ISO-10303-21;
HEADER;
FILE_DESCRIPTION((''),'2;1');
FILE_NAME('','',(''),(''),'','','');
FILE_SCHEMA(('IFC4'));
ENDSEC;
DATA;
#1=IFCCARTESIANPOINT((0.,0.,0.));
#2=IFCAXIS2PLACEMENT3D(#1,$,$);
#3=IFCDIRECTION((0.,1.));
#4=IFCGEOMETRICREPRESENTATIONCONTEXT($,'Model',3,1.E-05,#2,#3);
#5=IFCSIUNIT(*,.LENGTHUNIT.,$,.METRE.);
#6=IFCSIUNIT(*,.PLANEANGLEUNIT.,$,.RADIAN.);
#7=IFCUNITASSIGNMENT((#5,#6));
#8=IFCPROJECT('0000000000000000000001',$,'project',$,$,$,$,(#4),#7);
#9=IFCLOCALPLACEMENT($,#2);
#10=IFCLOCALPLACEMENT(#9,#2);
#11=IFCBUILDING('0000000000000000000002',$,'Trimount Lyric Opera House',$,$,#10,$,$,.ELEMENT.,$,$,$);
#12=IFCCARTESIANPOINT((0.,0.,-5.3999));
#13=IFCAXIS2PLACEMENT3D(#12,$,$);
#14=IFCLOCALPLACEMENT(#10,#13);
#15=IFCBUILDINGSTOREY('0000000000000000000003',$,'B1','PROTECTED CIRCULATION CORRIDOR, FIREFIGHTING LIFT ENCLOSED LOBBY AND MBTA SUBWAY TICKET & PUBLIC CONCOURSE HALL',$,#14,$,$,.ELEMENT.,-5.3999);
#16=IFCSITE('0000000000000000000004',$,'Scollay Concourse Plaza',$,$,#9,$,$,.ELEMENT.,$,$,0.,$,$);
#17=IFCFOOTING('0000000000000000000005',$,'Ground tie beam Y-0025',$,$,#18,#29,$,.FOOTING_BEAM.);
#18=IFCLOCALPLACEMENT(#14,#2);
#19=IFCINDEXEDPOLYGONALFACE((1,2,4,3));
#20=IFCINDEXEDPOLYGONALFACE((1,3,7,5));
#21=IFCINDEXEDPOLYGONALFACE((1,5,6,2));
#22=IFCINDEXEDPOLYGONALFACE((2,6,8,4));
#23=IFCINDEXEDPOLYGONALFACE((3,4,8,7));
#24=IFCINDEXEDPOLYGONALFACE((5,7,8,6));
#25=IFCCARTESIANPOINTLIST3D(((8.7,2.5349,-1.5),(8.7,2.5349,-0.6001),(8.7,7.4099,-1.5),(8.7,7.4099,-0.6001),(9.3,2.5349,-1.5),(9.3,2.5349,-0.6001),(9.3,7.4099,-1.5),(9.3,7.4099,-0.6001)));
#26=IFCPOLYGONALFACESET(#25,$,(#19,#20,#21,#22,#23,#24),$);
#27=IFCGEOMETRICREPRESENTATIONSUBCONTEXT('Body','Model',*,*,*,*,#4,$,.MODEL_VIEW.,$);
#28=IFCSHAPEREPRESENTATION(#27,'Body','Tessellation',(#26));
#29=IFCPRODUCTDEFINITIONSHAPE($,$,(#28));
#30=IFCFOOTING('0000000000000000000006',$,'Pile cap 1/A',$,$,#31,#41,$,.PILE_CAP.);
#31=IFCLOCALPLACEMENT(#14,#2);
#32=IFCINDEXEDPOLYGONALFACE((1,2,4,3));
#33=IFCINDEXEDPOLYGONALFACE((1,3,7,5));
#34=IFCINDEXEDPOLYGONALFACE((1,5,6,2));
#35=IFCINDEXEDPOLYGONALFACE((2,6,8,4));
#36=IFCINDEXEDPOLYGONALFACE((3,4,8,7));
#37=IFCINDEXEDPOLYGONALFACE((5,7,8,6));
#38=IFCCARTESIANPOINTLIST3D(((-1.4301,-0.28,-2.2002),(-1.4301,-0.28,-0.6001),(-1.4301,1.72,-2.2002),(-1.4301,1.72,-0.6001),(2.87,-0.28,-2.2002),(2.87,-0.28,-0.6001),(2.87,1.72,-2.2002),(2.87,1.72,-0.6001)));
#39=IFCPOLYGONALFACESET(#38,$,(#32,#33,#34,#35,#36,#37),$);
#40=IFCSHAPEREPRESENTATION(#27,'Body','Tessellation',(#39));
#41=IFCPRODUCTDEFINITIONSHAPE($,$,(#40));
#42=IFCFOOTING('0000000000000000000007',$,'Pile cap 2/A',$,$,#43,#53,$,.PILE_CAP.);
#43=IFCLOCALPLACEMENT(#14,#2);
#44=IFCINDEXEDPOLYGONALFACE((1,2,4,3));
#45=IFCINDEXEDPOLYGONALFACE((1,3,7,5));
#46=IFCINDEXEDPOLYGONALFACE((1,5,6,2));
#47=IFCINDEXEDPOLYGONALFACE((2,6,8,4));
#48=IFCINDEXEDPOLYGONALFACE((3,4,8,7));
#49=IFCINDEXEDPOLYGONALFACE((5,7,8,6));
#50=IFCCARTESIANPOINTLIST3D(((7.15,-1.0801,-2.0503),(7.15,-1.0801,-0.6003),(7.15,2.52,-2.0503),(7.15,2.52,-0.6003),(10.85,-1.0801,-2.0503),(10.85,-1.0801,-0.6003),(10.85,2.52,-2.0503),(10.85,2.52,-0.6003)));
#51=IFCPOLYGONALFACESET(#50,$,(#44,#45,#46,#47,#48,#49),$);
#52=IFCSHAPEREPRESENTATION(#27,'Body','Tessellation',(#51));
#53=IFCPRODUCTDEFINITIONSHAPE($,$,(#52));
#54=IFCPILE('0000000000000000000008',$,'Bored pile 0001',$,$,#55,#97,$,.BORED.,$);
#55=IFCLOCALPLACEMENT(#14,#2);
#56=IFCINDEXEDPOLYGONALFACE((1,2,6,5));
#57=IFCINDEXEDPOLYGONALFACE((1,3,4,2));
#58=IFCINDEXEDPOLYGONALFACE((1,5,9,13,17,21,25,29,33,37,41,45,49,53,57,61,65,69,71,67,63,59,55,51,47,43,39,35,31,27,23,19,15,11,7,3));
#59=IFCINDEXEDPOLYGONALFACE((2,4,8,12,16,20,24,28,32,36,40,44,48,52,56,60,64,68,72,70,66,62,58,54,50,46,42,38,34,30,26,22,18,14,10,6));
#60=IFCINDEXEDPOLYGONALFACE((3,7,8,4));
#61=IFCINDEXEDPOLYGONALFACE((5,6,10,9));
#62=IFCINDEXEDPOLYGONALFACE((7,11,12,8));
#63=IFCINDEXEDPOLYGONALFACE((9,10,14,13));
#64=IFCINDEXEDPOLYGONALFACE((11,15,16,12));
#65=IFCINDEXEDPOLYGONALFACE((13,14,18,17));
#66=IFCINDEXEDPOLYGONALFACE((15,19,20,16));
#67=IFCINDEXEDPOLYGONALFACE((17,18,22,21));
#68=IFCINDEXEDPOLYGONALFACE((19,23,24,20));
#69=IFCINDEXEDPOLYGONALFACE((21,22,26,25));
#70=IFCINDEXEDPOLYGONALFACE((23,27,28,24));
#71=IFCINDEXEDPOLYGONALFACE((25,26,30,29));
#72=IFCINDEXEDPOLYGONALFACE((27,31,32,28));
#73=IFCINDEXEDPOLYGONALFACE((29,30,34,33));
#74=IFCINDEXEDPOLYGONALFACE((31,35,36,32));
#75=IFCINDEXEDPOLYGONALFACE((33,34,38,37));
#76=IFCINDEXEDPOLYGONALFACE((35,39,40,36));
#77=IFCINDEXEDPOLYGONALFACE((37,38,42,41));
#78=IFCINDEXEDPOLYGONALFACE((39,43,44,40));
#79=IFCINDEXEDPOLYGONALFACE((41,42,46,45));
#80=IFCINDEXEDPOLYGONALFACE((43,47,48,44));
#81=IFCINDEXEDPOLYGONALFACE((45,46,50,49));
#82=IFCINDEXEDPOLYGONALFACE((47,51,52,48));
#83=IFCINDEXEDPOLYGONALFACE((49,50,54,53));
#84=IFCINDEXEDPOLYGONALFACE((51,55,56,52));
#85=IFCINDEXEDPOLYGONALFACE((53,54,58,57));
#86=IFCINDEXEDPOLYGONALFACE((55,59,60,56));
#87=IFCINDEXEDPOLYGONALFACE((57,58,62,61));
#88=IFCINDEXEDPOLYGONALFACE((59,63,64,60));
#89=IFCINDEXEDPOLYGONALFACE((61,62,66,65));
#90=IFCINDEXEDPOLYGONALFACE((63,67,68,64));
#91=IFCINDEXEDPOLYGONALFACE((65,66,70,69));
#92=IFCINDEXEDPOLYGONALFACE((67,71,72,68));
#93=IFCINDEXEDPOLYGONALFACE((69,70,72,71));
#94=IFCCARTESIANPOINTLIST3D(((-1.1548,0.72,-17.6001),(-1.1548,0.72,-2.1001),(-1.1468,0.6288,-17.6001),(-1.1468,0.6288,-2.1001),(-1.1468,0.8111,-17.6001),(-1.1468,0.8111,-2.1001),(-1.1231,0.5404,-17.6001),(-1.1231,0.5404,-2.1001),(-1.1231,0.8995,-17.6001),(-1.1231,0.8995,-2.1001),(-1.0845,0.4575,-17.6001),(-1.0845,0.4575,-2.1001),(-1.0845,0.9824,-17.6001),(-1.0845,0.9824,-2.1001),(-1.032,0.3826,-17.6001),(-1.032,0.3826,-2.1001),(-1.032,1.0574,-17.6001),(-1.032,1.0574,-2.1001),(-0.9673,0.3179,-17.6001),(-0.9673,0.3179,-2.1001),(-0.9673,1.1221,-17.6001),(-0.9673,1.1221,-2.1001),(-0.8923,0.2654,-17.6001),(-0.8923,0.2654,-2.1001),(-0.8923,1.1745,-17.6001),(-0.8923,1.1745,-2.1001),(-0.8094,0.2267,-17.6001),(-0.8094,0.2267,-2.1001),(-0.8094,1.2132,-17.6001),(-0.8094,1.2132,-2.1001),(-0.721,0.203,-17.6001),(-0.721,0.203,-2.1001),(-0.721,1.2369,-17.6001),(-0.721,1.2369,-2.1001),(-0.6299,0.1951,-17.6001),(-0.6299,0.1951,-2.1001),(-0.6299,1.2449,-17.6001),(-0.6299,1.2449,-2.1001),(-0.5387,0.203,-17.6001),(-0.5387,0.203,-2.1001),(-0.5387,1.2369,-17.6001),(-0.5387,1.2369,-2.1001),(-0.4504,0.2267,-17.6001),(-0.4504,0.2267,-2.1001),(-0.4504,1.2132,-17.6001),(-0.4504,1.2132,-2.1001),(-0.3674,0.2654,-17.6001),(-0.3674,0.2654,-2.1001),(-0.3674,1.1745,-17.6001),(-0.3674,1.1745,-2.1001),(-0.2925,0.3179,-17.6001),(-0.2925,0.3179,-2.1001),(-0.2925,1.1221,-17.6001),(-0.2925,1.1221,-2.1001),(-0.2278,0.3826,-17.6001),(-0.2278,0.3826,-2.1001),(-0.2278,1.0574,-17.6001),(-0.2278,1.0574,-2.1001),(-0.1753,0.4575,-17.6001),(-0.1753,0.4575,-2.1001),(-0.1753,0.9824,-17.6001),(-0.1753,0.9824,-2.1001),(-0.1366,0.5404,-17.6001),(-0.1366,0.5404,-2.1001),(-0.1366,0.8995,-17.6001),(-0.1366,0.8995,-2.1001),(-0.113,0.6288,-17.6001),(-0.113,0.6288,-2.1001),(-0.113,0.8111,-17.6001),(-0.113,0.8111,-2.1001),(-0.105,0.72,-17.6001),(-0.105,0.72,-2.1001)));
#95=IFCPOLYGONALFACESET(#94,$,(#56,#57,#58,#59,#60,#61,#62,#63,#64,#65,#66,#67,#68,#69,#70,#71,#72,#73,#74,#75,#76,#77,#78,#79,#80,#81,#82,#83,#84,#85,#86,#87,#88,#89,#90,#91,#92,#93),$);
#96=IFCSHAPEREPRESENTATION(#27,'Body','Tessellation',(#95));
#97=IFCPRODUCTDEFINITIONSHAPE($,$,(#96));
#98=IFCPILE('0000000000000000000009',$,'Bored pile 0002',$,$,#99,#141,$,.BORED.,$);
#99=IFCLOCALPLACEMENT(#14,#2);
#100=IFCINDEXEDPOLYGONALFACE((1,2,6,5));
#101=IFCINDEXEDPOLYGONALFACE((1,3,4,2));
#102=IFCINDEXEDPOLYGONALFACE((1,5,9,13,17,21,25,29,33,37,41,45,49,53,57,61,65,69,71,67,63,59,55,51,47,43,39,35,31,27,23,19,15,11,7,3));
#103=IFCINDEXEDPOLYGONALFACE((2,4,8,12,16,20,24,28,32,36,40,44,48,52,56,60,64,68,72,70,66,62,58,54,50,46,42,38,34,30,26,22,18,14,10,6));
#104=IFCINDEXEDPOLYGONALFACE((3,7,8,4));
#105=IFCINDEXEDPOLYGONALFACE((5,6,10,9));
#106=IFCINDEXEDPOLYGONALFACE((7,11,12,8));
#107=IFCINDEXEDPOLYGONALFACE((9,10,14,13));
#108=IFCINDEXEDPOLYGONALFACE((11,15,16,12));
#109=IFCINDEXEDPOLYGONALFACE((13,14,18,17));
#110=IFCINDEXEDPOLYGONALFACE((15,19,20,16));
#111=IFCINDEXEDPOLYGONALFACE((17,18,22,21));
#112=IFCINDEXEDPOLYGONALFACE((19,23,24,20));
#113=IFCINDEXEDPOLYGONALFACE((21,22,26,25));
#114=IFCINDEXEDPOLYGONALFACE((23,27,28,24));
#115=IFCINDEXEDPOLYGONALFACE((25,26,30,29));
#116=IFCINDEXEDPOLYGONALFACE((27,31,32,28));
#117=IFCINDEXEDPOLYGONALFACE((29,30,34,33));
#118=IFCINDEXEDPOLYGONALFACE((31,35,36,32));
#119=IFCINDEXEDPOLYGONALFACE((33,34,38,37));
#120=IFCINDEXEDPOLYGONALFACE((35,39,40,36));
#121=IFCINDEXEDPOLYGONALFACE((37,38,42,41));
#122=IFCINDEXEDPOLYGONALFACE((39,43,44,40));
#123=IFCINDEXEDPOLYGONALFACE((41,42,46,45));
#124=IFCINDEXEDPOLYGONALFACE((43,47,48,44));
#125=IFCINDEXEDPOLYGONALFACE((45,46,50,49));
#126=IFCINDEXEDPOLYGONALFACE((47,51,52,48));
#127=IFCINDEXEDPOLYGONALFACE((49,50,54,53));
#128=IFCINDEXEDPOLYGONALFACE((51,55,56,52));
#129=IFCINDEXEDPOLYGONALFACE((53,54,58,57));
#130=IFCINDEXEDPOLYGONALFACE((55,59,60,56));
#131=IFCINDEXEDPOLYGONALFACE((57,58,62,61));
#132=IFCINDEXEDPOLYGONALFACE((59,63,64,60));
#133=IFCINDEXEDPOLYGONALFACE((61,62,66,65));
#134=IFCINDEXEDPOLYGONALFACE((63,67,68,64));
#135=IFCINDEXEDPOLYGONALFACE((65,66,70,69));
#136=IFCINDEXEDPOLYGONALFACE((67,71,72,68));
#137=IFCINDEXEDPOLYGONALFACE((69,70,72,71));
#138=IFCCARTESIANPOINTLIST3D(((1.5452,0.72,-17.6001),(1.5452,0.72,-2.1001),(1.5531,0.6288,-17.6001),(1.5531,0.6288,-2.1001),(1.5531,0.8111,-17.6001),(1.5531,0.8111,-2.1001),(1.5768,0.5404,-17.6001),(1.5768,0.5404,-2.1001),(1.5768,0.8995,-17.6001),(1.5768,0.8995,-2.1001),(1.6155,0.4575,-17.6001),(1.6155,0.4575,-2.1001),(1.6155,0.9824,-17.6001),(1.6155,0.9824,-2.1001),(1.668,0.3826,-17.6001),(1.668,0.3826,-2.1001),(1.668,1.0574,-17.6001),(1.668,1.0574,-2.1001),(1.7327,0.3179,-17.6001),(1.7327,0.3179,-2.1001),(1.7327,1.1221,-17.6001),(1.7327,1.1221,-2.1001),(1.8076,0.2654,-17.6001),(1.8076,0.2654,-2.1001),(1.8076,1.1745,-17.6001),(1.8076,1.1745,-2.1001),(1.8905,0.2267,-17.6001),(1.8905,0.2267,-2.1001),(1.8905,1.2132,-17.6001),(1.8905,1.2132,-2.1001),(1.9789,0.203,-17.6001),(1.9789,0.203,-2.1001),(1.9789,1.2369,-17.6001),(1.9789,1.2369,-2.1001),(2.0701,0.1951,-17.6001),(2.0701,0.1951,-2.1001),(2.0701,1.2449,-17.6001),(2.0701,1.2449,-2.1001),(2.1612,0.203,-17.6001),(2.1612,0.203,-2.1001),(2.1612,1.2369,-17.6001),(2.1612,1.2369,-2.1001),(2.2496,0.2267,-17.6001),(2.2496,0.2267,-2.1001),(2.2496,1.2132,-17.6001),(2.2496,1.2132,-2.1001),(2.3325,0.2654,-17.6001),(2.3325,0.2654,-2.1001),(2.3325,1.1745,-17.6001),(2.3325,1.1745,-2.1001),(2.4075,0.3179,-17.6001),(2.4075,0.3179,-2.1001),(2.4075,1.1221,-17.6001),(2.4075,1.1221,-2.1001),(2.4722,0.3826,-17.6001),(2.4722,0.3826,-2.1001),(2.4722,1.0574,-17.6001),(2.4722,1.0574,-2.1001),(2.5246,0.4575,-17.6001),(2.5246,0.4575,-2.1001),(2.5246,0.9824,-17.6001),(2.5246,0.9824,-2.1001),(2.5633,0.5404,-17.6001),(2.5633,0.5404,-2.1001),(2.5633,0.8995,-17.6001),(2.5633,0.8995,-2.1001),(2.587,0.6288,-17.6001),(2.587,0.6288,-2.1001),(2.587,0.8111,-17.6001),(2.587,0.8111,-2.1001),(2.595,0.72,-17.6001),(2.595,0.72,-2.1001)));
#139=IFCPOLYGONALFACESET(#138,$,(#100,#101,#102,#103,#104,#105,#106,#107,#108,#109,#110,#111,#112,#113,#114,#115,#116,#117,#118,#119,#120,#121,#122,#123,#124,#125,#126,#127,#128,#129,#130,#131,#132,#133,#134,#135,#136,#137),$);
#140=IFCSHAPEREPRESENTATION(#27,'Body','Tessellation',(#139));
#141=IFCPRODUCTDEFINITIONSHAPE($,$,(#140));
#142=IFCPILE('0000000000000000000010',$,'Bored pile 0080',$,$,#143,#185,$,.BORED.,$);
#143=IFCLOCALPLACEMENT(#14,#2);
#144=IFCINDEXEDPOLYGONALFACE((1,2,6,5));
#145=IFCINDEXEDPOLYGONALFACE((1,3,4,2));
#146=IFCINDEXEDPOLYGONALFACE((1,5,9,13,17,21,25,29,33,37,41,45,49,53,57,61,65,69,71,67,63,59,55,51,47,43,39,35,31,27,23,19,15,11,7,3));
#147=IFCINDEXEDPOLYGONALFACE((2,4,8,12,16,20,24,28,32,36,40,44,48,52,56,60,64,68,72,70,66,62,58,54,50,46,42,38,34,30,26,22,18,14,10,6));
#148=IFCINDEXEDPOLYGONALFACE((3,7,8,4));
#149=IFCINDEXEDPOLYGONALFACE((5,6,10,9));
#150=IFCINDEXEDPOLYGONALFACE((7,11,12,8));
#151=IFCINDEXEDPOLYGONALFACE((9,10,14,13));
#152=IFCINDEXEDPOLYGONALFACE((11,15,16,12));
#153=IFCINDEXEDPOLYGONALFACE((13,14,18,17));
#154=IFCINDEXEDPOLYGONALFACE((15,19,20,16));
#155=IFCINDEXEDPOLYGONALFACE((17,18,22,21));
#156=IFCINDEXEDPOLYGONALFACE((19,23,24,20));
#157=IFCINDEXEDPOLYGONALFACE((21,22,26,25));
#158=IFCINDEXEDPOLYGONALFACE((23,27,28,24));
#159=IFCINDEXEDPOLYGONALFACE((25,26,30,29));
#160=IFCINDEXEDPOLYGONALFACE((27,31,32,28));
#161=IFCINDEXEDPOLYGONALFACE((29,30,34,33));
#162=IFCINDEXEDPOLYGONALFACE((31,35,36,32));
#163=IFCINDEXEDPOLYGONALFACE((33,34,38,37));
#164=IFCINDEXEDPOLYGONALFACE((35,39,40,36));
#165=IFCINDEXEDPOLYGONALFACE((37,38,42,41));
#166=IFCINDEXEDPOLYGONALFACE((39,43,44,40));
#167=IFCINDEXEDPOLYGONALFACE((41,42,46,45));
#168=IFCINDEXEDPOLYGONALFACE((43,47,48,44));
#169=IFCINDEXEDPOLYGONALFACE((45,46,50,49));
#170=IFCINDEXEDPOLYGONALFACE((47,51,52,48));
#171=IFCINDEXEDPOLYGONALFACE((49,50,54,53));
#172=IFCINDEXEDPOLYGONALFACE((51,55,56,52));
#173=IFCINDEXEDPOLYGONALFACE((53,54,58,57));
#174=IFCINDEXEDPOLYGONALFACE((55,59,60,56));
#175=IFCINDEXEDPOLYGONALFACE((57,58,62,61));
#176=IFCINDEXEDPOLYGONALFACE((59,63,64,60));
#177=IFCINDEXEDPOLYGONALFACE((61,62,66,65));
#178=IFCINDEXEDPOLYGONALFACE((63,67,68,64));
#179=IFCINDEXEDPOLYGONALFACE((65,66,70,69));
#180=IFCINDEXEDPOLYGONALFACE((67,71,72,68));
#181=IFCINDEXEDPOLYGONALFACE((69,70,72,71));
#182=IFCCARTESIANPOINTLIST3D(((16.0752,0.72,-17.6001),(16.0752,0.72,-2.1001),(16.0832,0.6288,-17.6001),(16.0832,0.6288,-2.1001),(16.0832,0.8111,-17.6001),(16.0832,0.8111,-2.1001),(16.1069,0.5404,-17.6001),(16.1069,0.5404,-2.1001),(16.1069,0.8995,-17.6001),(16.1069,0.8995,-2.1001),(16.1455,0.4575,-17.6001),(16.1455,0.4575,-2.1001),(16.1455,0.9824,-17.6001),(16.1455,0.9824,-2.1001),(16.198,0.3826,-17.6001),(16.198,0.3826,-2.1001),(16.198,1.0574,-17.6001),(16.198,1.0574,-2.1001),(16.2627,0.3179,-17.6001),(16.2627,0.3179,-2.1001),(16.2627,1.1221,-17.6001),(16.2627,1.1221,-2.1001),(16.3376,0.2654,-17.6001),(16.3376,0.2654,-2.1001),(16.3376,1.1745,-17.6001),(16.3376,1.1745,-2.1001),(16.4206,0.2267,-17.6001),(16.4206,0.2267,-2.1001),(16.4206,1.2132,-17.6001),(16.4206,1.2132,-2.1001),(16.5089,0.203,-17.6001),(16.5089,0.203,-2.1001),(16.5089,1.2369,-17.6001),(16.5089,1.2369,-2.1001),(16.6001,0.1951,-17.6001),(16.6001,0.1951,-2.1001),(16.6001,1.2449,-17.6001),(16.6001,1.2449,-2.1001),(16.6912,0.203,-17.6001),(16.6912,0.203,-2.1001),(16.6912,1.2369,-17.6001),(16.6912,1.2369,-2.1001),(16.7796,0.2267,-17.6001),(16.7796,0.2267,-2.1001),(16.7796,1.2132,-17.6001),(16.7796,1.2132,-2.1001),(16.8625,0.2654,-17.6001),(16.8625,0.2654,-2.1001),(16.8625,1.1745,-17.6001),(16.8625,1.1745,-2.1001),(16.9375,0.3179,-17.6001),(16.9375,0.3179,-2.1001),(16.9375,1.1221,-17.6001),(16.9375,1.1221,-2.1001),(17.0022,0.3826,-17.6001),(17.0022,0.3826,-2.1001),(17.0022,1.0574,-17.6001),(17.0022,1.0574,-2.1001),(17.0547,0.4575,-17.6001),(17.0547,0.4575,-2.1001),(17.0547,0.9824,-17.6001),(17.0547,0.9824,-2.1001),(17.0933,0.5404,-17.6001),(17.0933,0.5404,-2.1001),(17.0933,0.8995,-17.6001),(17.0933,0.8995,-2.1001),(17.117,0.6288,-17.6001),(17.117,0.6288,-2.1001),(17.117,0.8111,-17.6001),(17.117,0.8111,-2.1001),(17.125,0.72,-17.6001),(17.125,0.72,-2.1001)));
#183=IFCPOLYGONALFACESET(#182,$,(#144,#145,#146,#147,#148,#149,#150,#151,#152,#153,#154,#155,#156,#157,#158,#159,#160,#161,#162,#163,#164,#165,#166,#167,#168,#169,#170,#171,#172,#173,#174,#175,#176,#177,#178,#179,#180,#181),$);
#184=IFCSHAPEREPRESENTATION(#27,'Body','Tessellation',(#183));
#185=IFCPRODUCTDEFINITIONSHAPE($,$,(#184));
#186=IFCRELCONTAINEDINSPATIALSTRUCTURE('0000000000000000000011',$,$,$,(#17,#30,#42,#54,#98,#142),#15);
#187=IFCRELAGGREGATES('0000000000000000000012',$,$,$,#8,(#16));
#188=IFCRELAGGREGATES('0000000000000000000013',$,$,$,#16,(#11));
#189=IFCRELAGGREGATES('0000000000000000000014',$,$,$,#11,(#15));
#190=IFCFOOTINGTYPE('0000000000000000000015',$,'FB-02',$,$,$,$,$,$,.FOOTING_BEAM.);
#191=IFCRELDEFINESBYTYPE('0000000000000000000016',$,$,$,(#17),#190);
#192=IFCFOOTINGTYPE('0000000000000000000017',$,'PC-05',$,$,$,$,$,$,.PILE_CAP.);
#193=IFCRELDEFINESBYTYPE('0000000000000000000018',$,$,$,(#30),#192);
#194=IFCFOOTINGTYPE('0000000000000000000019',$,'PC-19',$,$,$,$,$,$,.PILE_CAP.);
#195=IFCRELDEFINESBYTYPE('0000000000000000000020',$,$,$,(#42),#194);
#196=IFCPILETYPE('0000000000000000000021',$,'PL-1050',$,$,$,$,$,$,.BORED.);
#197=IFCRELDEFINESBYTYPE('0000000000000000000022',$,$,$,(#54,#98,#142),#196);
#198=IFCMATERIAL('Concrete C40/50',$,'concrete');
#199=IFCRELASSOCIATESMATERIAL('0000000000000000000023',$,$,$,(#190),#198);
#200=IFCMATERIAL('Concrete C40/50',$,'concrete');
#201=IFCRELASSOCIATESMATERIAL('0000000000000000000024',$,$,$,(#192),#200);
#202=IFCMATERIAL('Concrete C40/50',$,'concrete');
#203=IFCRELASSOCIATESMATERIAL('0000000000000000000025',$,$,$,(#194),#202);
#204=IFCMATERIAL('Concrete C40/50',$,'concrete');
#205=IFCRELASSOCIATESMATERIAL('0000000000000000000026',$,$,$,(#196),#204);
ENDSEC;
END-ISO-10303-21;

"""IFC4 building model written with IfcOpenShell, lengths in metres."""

from ifc_helpers import new_model, si_unit, direction, frame, origin, origin_2d, place, context, subcontext, project, spatial, rectangle, circle, extrude, material, material_profile, profile_set, type_object, element, save


model = new_model("IFC4")

# Units and contexts
model_context = context("Model", 3, precision=1e-05, world=origin(), true_north=direction((0.0, 1.0)))
body_context = subcontext(model_context, "Body", "Model", "MODEL_VIEW")
ifc_project = project(units=[si_unit("LENGTHUNIT", "METRE"), si_unit("PLANEANGLEUNIT", "RADIAN")], contexts=[model_context])

# Site, building, storey
site_placement = place(None, origin())
site = spatial("IfcSite", under=ifc_project, at=site_placement, Name="Scollay Concourse Plaza", CompositionType="ELEMENT", RefElevation=0.0)
building_placement = place(site_placement, origin())
building = spatial("IfcBuilding", under=site, at=building_placement, Name="Trimount Lyric Opera House", CompositionType="ELEMENT")
storey_placement = place(building_placement, frame((0.0, 0.0, -5.3999)))
storey = spatial("IfcBuildingStorey", under=building, at=storey_placement, Name="B1", Description="PROTECTED CIRCULATION CORRIDOR, FIREFIGHTING LIFT ENCLOSED LOBBY AND MBTA SUBWAY TICKET & PUBLIC CONCOURSE HALL", CompositionType="ELEMENT", Elevation=-5.3999)

# Footings
ifc_material_1 = material(Name="Concrete C40/50", Category="concrete")
footing_type_1 = type_object("IfcFootingType", Name="FB-02", PredefinedType="FOOTING_BEAM", material=ifc_material_1)
footing_1_placement = place(storey_placement, frame((9.0, 4.9724, -1.5), z_axis=(0.0, 0.0, 1.0), x_axis=(1.0, 0.0, 0.0)))
element("IfcFooting", 1, at=footing_1_placement, inside=storey, type_object=footing_type_1, Name="Ground tie beam Y-0025", PredefinedType="FOOTING_BEAM", context=body_context, shape_type="SweptSolid", body=[
    extrude(rectangle(XDim=0.6001, YDim=4.875, at=origin_2d()), origin(), (0.0, 0.0, 1.0), 0.8999),
])
ifc_material_2 = material(Name="Concrete C40/50", Category="concrete")
footing_type_2 = type_object("IfcFootingType", Name="PC-05", PredefinedType="PILE_CAP", material=ifc_material_2)
footing_2_placement = place(storey_placement, frame((0.72, 0.72, -2.2002), z_axis=(0.0, 0.0, 1.0), x_axis=(1.0, 0.0, 0.0)))
element("IfcFooting", 2, at=footing_2_placement, inside=storey, type_object=footing_type_2, Name="Pile cap 1/A", PredefinedType="PILE_CAP", context=body_context, shape_type="SweptSolid", body=[
    extrude(rectangle(XDim=4.3, YDim=2.0, at=origin_2d()), origin(), (0.0, 0.0, 1.0), 1.6001),
])
ifc_material_3 = material(Name="Concrete C40/50", Category="concrete")
footing_type_3 = type_object("IfcFootingType", Name="PC-19", PredefinedType="PILE_CAP", material=ifc_material_3)
footing_3_placement = place(storey_placement, frame((9.0, 0.72, -2.0503), z_axis=(0.0, 0.0, 1.0), x_axis=(1.0, 0.0, 0.0)))
element("IfcFooting", 3, at=footing_3_placement, inside=storey, type_object=footing_type_3, Name="Pile cap 2/A", PredefinedType="PILE_CAP", context=body_context, shape_type="SweptSolid", body=[
    extrude(rectangle(XDim=3.7, YDim=3.6001, at=origin_2d()), origin(), (0.0, 0.0, 1.0), 1.45),
])

# Piles
ifc_material_4 = material(Name="Concrete C40/50", Category="concrete")
ifc_material_profile_1 = material_profile(ifc_material_4, circle(Radius=0.5249, at=origin_2d()), Name="PILE-D1050")
ifc_profile_set_1 = profile_set([ifc_material_profile_1], Name="Concrete C40/50")
pile_type_1 = type_object("IfcPileType", Name="PL-1050", PredefinedType="BORED", material=ifc_profile_set_1)
for number, where, z_axis, x_axis, name in (
    (4, (-0.6299, 0.72, -2.1001), (0.0, 0.0, -1.0), (1.0, 0.0, 0.0), "Bored pile 0001"),
    (5, (2.0701, 0.72, -2.1001), (0.0, 0.0, -1.0), (1.0, 0.0, 0.0), "Bored pile 0002"),
    (6, (16.6001, 0.72, -2.1001), (0.0, 0.0, -1.0), (1.0, 0.0, 0.0), "Bored pile 0080"),
):
    element("IfcPile", number, at=place(storey_placement, frame(where, z_axis=z_axis, x_axis=x_axis)), inside=storey, type_object=pile_type_1, Name=name, PredefinedType="BORED", context=body_context, shape_type="SweptSolid", body=[
        extrude(circle(Radius=0.5249, at=origin_2d()), origin(), (0.0, 0.0, 1.0), 15.5),
    ])

save(model, "model.ifc")
